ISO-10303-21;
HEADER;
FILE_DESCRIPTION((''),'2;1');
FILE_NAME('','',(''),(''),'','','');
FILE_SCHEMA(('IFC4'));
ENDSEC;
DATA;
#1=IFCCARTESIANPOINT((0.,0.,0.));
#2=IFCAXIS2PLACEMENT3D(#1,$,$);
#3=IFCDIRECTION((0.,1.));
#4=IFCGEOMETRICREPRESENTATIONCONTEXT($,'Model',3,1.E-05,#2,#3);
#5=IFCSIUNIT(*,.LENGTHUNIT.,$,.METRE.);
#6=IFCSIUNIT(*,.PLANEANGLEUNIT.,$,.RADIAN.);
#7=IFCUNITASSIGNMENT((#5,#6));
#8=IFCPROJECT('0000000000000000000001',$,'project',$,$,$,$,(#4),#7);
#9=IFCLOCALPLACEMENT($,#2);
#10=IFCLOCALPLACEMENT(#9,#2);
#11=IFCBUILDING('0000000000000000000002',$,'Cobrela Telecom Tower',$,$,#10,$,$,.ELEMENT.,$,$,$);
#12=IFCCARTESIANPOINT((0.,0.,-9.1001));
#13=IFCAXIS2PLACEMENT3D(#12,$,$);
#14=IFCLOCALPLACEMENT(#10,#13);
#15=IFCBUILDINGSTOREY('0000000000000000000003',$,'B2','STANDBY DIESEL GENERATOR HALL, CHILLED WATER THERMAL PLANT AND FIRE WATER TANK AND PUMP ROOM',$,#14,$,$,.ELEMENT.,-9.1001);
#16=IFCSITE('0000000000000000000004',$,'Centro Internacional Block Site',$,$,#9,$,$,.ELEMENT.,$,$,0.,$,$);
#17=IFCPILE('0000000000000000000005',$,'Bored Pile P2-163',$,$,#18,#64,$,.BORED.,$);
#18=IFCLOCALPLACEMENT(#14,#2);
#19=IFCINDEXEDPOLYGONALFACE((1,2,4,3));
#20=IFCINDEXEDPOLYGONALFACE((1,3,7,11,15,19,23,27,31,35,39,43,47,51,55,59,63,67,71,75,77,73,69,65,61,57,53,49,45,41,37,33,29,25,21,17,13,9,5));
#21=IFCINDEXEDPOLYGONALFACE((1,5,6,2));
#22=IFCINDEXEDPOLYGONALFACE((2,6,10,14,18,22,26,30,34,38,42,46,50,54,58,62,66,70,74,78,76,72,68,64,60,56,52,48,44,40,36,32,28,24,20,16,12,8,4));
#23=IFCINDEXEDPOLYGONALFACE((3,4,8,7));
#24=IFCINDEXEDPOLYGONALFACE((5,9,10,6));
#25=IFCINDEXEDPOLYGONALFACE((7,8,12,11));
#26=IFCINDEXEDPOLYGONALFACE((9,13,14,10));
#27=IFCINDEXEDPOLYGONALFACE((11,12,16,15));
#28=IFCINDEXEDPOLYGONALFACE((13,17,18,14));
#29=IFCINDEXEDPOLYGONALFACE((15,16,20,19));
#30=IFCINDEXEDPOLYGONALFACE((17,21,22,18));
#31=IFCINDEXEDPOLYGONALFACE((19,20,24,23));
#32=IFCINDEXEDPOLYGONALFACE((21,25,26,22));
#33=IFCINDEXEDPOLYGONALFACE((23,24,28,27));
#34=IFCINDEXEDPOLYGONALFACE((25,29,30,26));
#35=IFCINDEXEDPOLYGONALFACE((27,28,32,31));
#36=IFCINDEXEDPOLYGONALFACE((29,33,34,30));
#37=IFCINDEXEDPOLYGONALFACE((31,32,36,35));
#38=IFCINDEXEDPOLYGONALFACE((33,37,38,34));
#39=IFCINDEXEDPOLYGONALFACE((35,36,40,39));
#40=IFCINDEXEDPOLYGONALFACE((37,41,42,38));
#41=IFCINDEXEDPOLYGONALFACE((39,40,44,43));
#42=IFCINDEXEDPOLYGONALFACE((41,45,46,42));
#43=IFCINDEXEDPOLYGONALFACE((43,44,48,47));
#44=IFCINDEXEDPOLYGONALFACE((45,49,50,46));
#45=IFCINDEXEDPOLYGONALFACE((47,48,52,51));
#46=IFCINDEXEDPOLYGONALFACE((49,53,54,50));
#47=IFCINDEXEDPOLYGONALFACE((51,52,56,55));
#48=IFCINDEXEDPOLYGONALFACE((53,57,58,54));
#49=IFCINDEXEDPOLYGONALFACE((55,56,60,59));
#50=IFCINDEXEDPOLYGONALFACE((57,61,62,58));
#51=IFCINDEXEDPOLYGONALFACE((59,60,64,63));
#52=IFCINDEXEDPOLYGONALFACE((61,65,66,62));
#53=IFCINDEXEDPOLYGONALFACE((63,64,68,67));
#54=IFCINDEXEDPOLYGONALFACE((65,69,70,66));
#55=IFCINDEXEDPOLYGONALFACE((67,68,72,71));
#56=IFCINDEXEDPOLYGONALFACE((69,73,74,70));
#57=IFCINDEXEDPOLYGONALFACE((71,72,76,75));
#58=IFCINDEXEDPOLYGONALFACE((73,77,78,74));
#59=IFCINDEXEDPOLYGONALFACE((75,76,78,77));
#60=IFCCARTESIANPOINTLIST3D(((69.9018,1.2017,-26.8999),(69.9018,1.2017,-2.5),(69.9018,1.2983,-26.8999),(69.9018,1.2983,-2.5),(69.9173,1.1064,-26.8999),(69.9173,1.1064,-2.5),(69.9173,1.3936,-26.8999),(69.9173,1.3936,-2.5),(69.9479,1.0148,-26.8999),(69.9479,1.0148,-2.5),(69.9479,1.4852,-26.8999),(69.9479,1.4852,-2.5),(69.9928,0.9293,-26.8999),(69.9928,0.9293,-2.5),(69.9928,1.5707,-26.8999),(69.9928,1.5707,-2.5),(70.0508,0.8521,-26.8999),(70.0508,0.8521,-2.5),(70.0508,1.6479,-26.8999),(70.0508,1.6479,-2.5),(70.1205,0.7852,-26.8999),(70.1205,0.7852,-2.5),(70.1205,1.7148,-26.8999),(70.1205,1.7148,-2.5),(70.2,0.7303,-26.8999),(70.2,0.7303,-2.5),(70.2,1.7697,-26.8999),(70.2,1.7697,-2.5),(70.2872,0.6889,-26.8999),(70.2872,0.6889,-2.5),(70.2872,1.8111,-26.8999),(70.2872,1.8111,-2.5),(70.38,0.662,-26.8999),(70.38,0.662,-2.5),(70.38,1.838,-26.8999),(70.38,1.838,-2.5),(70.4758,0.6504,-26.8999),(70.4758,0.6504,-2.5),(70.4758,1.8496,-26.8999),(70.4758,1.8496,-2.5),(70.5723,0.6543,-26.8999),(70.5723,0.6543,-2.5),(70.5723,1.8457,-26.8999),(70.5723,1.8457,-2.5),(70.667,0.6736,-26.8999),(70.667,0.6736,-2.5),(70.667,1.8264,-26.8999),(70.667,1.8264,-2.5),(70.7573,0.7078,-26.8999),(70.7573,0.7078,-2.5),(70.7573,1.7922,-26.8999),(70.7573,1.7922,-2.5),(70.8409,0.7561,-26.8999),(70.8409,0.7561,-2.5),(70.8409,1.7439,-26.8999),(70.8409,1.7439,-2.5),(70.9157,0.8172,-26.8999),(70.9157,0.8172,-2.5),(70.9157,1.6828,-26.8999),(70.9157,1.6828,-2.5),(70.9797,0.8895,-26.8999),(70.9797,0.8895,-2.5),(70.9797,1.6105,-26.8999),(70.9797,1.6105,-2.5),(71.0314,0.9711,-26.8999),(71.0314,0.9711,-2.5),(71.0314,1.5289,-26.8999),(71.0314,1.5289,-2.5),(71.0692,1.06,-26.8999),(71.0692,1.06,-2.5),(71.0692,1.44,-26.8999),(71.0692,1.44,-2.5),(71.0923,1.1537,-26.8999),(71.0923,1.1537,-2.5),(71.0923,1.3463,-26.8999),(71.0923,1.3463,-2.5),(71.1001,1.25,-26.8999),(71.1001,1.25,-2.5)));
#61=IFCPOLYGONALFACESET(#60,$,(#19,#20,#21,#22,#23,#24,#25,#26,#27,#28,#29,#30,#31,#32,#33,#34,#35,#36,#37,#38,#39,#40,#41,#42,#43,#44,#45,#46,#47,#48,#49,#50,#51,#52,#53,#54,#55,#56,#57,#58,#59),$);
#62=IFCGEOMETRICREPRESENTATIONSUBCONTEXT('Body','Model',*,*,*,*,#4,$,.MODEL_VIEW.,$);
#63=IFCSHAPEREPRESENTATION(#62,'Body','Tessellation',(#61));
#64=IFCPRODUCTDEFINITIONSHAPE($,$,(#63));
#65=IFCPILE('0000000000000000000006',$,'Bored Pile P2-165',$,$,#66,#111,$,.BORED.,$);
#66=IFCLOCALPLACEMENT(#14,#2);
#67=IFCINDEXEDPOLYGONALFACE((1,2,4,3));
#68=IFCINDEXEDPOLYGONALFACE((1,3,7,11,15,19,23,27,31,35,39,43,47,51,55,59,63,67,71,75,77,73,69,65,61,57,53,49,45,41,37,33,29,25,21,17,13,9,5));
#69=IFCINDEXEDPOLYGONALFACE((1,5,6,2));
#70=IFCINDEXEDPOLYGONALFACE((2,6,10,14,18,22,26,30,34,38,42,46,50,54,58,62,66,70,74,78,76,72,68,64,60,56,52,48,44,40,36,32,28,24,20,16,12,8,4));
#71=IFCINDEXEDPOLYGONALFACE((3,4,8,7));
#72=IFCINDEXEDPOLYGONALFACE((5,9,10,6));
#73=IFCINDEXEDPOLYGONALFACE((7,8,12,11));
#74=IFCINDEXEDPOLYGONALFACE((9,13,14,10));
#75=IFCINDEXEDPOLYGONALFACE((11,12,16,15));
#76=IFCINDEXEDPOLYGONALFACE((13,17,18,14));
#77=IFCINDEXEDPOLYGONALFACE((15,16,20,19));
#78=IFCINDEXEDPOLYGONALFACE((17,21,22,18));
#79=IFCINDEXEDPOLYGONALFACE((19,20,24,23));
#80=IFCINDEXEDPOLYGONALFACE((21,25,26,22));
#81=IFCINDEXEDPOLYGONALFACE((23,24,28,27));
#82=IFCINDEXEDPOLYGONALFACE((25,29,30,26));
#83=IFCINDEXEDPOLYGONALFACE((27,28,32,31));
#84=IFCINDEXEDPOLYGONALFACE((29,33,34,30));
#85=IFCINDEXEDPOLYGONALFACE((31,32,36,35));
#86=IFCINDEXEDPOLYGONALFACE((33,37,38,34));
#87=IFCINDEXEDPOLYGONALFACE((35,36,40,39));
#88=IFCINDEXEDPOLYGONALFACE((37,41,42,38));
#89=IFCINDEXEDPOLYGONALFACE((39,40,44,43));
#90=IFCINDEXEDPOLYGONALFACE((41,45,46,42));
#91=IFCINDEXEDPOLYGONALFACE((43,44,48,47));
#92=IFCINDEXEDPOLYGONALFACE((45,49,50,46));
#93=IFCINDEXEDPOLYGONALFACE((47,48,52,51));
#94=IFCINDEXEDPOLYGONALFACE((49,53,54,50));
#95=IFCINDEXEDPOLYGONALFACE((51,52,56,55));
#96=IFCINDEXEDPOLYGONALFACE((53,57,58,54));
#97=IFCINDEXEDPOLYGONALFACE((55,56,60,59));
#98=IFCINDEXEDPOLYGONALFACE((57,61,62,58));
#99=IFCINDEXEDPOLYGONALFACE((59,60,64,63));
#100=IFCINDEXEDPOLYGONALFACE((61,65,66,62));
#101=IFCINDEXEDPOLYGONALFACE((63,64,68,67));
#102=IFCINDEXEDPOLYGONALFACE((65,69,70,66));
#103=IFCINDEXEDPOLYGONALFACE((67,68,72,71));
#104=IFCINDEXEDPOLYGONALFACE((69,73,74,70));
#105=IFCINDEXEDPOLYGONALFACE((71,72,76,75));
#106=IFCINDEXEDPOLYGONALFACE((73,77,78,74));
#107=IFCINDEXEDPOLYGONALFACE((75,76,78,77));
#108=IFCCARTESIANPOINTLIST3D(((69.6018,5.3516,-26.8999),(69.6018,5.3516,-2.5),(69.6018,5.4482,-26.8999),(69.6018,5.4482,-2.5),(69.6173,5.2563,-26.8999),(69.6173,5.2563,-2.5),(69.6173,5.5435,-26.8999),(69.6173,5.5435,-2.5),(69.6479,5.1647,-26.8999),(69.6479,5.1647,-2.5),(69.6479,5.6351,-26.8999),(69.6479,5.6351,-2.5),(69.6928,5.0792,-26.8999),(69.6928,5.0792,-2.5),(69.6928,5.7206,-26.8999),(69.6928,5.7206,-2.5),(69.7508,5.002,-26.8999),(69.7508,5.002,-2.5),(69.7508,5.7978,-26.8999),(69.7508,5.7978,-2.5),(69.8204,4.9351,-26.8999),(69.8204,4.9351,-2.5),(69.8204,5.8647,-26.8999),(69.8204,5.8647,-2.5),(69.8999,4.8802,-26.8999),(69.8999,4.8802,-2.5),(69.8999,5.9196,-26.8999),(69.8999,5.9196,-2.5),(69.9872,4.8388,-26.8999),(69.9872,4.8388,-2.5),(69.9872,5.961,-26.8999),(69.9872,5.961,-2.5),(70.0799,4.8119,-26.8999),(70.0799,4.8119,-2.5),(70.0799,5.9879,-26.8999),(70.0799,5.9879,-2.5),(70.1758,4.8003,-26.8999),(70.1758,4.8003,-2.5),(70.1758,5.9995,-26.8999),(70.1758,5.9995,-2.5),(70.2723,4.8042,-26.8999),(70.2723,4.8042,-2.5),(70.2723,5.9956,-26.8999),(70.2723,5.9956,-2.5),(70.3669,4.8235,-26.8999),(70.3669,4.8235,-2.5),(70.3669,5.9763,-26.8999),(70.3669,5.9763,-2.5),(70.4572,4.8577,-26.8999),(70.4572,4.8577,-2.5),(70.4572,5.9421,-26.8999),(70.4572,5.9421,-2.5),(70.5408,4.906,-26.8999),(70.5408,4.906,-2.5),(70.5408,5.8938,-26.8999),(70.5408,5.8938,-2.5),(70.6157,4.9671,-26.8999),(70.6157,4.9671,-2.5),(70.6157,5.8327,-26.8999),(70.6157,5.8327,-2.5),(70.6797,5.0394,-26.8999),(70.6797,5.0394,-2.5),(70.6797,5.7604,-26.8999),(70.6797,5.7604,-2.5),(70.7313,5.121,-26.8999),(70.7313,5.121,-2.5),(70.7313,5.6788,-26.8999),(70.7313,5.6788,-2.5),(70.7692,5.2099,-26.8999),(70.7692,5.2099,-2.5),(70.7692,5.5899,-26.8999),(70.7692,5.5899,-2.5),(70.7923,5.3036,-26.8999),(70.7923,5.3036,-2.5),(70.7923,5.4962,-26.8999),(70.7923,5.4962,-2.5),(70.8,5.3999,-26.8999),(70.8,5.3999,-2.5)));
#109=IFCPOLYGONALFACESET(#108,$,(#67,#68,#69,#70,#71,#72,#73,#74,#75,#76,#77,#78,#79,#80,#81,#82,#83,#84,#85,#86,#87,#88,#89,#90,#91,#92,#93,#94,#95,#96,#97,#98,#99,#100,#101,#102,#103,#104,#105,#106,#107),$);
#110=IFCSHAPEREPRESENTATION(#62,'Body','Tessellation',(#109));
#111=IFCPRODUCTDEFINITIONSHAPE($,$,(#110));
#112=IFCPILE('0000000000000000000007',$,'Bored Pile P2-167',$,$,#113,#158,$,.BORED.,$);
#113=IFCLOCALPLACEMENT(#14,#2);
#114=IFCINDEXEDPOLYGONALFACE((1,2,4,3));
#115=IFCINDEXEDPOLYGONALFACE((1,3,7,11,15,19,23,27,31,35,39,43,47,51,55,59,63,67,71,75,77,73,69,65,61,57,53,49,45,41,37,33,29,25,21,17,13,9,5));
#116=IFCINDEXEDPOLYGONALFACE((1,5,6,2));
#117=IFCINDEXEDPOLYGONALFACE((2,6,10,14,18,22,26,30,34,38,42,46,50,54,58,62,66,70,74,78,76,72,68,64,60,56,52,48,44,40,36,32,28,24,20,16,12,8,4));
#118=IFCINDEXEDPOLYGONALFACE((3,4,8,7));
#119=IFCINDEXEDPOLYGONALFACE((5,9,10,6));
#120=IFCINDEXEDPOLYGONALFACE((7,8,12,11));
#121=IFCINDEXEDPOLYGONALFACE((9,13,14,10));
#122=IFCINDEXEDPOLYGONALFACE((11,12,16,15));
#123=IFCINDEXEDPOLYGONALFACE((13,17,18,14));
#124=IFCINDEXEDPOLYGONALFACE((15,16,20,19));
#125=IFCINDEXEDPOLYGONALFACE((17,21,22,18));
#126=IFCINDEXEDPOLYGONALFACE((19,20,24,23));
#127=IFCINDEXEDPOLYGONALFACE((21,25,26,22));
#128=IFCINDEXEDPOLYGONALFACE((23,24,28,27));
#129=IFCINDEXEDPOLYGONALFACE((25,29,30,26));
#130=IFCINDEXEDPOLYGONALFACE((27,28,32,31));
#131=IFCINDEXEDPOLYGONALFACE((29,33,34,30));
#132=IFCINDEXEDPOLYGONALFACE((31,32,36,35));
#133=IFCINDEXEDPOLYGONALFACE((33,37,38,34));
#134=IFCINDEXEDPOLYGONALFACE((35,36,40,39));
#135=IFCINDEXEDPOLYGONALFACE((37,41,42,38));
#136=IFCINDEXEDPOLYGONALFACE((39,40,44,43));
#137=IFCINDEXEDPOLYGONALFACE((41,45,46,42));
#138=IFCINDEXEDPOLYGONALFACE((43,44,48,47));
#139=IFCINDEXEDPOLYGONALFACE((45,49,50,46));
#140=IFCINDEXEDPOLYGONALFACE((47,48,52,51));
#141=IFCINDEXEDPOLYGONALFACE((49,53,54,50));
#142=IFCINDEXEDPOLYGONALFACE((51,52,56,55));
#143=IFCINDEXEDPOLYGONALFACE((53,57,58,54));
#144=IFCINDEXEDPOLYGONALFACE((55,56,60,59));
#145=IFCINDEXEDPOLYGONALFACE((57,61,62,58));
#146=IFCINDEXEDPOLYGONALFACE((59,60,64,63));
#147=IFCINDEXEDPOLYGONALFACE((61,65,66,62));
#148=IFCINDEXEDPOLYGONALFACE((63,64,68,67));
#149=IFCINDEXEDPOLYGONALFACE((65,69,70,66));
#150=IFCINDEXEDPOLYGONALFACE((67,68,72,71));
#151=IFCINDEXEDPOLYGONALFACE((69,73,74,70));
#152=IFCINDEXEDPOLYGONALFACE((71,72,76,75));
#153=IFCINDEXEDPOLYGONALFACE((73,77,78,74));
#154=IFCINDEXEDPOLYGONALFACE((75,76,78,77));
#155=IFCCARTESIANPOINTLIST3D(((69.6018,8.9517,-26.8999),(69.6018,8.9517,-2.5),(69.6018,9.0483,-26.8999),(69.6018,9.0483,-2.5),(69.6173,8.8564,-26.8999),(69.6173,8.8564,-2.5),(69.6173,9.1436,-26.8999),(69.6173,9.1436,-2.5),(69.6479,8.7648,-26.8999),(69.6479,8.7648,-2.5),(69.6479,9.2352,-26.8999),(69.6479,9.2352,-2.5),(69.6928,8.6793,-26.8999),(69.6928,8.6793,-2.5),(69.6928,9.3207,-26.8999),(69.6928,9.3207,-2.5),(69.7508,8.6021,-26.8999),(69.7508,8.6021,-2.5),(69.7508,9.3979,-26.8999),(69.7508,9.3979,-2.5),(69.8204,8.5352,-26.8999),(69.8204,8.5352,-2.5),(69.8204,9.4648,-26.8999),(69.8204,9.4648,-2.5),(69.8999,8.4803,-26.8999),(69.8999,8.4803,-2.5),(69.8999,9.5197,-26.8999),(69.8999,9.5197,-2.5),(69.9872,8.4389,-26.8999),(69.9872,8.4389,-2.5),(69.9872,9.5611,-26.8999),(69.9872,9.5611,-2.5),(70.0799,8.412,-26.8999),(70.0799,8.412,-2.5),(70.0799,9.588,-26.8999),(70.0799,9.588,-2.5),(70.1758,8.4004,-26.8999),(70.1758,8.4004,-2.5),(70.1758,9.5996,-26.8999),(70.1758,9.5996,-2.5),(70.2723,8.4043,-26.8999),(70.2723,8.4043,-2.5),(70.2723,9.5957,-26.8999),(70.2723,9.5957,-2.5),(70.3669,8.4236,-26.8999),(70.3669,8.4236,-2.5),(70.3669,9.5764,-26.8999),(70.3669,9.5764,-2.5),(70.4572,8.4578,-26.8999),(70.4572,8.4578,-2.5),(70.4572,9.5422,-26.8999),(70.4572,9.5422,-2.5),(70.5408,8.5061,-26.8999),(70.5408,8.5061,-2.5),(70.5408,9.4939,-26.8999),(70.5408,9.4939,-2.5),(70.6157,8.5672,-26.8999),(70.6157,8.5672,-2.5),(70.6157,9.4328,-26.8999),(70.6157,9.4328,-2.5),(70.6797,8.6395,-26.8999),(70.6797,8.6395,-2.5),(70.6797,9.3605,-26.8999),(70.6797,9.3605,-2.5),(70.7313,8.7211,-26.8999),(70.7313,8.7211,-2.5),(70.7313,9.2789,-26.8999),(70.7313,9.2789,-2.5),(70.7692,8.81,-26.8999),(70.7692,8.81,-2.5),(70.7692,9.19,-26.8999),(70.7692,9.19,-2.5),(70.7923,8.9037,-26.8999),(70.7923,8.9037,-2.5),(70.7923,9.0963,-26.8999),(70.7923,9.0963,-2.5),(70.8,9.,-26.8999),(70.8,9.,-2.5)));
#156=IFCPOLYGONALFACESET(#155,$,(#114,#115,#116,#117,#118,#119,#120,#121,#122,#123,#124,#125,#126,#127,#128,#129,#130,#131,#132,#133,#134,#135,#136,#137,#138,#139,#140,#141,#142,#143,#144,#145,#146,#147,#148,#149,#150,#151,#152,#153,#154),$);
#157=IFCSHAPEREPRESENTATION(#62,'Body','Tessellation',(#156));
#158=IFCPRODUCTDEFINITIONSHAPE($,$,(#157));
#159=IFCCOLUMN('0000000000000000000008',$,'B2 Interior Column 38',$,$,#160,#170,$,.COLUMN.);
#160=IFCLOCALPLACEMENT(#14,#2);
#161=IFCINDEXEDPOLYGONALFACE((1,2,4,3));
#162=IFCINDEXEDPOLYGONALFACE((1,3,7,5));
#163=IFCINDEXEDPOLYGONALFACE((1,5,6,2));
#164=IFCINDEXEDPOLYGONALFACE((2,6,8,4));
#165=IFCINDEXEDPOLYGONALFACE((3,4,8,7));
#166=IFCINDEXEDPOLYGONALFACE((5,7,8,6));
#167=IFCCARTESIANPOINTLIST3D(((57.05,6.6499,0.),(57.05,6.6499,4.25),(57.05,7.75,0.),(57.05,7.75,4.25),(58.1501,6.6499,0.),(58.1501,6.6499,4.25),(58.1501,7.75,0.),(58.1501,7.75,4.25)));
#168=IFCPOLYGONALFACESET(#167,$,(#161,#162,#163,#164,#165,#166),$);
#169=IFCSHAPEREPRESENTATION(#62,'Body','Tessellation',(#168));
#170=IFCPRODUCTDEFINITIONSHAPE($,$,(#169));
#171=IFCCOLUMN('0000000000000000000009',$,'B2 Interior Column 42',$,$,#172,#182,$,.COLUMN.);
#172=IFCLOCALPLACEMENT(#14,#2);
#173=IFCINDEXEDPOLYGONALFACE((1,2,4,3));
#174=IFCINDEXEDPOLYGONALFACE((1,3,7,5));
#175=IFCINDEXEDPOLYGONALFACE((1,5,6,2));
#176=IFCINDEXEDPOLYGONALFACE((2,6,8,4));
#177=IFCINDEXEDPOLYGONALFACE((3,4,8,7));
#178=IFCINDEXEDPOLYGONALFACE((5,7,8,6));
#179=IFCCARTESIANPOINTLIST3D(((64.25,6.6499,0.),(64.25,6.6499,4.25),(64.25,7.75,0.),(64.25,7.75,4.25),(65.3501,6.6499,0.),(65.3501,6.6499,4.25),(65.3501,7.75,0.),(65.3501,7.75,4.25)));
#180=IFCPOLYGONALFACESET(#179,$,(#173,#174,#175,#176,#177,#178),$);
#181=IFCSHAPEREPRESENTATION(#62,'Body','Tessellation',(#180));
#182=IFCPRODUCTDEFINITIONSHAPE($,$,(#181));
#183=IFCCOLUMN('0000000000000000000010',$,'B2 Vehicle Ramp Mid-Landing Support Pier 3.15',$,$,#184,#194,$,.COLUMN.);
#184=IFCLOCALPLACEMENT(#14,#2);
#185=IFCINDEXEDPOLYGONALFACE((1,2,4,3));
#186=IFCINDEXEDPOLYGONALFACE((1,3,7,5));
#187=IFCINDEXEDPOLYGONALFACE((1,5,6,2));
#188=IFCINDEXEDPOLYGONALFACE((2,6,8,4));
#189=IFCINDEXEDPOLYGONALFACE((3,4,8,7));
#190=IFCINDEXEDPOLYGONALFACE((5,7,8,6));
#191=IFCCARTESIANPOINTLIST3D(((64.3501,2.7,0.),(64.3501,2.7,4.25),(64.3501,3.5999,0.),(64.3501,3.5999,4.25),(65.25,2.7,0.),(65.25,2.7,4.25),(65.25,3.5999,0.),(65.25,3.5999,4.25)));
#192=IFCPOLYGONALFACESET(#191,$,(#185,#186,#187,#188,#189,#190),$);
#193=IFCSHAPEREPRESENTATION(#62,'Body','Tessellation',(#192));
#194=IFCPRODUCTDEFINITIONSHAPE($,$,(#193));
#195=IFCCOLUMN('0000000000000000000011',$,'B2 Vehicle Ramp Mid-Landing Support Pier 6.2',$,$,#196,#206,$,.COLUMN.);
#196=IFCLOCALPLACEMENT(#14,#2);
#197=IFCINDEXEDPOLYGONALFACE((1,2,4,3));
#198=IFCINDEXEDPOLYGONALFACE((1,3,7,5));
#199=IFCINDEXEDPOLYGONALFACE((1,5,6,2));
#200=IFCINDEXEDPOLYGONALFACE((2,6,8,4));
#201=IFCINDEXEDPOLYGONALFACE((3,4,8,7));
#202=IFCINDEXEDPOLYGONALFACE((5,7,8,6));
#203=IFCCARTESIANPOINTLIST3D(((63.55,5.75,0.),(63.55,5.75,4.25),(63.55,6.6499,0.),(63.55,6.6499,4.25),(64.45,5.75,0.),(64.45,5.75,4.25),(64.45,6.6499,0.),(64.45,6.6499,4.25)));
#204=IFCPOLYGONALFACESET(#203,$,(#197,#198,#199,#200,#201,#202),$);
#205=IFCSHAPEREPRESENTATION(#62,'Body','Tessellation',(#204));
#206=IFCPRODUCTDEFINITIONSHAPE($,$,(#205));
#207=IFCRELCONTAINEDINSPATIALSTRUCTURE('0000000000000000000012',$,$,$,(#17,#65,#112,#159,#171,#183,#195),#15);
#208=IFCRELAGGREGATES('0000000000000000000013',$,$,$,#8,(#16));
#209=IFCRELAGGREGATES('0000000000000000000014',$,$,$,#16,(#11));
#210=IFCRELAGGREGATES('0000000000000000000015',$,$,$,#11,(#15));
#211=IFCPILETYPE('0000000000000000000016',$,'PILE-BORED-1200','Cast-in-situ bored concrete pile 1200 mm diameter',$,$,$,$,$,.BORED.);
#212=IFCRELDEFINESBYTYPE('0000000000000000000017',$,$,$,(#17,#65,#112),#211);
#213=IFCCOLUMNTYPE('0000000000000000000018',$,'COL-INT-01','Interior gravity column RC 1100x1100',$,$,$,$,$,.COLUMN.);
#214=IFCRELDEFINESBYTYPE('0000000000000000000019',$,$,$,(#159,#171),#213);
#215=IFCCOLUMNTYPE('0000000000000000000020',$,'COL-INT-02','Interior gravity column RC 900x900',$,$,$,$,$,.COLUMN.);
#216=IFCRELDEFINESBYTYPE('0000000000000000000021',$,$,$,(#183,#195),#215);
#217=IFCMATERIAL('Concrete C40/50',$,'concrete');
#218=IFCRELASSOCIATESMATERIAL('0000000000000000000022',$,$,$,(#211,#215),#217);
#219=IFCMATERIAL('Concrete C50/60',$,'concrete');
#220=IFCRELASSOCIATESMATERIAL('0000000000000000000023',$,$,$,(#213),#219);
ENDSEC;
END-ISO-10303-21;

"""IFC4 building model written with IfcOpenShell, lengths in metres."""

from ifc_helpers import new_model, si_unit, direction, frame, origin, origin_2d, place, context, subcontext, project, spatial, rectangle, circle, extrude, material, material_profile, profile_set, type_object, element, save


model = new_model("IFC4")

# Units and contexts
model_context = context("Model", 3, precision=1e-05, world=origin(), true_north=direction((0.0, 1.0)))
body_context = subcontext(model_context, "Body", "Model", "MODEL_VIEW")
ifc_project = project(units=[si_unit("LENGTHUNIT", "METRE"), si_unit("PLANEANGLEUNIT", "RADIAN")], contexts=[model_context])

# Site, building, storey
site_placement = place(None, origin())
site = spatial("IfcSite", under=ifc_project, at=site_placement, Name="Centro Internacional Block Site", CompositionType="ELEMENT", RefElevation=0.0)
building_placement = place(site_placement, origin())
building = spatial("IfcBuilding", under=site, at=building_placement, Name="Cobrela Telecom Tower", CompositionType="ELEMENT")
storey_placement = place(building_placement, frame((0.0, 0.0, -9.1001)))
storey = spatial("IfcBuildingStorey", under=building, at=storey_placement, Name="B2", Description="STANDBY DIESEL GENERATOR HALL, CHILLED WATER THERMAL PLANT AND FIRE WATER TANK AND PUMP ROOM", CompositionType="ELEMENT", Elevation=-9.1001)

# Shared definitions
ifc_material_1 = material(Name="Concrete C40/50", Category="concrete")

# Piles
ifc_material_profile_1 = material_profile(ifc_material_1, circle(Radius=0.6001, at=origin_2d()), Name="BORED PILE D1200")
ifc_profile_set_1 = profile_set([ifc_material_profile_1], Name="Concrete C40/50")
pile_type = type_object("IfcPileType", Name="PILE-BORED-1200", Description="Cast-in-situ bored concrete pile 1200 mm diameter", PredefinedType="BORED", material=ifc_profile_set_1)
for number, where, z_axis, x_axis, name in (
    (1, (70.5, 1.25, -2.5), (0.0, 0.0, -1.0), (1.0, 0.0, 0.0), "Bored Pile P2-163"),
    (2, (70.2, 5.3999, -2.5), (0.0, 0.0, -1.0), (1.0, 0.0, 0.0), "Bored Pile P2-165"),
    (3, (70.2, 9.0, -2.5), (0.0, 0.0, -1.0), (1.0, 0.0, 0.0), "Bored Pile P2-167"),
):
    element("IfcPile", number, at=place(storey_placement, frame(where, z_axis=z_axis, x_axis=x_axis)), inside=storey, type_object=pile_type, Name=name, PredefinedType="BORED", context=body_context, shape_type="SweptSolid", body=[
        extrude(circle(Radius=0.6001, at=origin_2d()), origin(), (0.0, 0.0, 1.0), 24.3999),
    ])

# Columns
ifc_material_2 = material(Name="Concrete C50/60", Category="concrete")
ifc_material_profile_2 = material_profile(ifc_material_2, rectangle(XDim=1.1001, YDim=1.1001, at=origin_2d()), Name="RC 1100x1100")
ifc_profile_set_2 = profile_set([ifc_material_profile_2], Name="Concrete C50/60")
column_type_1 = type_object("IfcColumnType", Name="COL-INT-01", Description="Interior gravity column RC 1100x1100", PredefinedType="COLUMN", material=ifc_profile_set_2)
for number, where, z_axis, x_axis, name in (
    (4, (57.6001, 7.2, 0.0), (0.0, 0.0, 1.0), (1.0, 0.0, 0.0), "B2 Interior Column 38"),
    (5, (64.8, 7.2, 0.0), (0.0, 0.0, 1.0), (1.0, 0.0, 0.0), "B2 Interior Column 42"),
):
    element("IfcColumn", number, at=place(storey_placement, frame(where, z_axis=z_axis, x_axis=x_axis)), inside=storey, type_object=column_type_1, Name=name, PredefinedType="COLUMN", context=body_context, shape_type="SweptSolid", body=[
        extrude(rectangle(XDim=1.1001, YDim=1.1001, at=origin_2d()), origin(), (0.0, 0.0, 1.0), 4.25),
    ])
ifc_material_profile_3 = material_profile(ifc_material_1, rectangle(XDim=0.8999, YDim=0.8999, at=origin_2d()), Name="RC 900x900")
ifc_profile_set_3 = profile_set([ifc_material_profile_3], Name="Concrete C40/50")
column_type_2 = type_object("IfcColumnType", Name="COL-INT-02", Description="Interior gravity column RC 900x900", PredefinedType="COLUMN", material=ifc_profile_set_3)
for number, where, z_axis, x_axis, name in (
    (6, (64.8, 3.1499, 0.0), (0.0, 0.0, 1.0), (1.0, 0.0, 0.0), "B2 Vehicle Ramp Mid-Landing Support Pier 3.15"),
    (7, (64.0, 6.2, 0.0), (0.0, 0.0, 1.0), (1.0, 0.0, 0.0), "B2 Vehicle Ramp Mid-Landing Support Pier 6.2"),
):
    element("IfcColumn", number, at=place(storey_placement, frame(where, z_axis=z_axis, x_axis=x_axis)), inside=storey, type_object=column_type_2, Name=name, PredefinedType="COLUMN", context=body_context, shape_type="SweptSolid", body=[
        extrude(rectangle(XDim=0.8999, YDim=0.8999, at=origin_2d()), origin(), (0.0, 0.0, 1.0), 4.25),
    ])

save(model, "model.ifc")
